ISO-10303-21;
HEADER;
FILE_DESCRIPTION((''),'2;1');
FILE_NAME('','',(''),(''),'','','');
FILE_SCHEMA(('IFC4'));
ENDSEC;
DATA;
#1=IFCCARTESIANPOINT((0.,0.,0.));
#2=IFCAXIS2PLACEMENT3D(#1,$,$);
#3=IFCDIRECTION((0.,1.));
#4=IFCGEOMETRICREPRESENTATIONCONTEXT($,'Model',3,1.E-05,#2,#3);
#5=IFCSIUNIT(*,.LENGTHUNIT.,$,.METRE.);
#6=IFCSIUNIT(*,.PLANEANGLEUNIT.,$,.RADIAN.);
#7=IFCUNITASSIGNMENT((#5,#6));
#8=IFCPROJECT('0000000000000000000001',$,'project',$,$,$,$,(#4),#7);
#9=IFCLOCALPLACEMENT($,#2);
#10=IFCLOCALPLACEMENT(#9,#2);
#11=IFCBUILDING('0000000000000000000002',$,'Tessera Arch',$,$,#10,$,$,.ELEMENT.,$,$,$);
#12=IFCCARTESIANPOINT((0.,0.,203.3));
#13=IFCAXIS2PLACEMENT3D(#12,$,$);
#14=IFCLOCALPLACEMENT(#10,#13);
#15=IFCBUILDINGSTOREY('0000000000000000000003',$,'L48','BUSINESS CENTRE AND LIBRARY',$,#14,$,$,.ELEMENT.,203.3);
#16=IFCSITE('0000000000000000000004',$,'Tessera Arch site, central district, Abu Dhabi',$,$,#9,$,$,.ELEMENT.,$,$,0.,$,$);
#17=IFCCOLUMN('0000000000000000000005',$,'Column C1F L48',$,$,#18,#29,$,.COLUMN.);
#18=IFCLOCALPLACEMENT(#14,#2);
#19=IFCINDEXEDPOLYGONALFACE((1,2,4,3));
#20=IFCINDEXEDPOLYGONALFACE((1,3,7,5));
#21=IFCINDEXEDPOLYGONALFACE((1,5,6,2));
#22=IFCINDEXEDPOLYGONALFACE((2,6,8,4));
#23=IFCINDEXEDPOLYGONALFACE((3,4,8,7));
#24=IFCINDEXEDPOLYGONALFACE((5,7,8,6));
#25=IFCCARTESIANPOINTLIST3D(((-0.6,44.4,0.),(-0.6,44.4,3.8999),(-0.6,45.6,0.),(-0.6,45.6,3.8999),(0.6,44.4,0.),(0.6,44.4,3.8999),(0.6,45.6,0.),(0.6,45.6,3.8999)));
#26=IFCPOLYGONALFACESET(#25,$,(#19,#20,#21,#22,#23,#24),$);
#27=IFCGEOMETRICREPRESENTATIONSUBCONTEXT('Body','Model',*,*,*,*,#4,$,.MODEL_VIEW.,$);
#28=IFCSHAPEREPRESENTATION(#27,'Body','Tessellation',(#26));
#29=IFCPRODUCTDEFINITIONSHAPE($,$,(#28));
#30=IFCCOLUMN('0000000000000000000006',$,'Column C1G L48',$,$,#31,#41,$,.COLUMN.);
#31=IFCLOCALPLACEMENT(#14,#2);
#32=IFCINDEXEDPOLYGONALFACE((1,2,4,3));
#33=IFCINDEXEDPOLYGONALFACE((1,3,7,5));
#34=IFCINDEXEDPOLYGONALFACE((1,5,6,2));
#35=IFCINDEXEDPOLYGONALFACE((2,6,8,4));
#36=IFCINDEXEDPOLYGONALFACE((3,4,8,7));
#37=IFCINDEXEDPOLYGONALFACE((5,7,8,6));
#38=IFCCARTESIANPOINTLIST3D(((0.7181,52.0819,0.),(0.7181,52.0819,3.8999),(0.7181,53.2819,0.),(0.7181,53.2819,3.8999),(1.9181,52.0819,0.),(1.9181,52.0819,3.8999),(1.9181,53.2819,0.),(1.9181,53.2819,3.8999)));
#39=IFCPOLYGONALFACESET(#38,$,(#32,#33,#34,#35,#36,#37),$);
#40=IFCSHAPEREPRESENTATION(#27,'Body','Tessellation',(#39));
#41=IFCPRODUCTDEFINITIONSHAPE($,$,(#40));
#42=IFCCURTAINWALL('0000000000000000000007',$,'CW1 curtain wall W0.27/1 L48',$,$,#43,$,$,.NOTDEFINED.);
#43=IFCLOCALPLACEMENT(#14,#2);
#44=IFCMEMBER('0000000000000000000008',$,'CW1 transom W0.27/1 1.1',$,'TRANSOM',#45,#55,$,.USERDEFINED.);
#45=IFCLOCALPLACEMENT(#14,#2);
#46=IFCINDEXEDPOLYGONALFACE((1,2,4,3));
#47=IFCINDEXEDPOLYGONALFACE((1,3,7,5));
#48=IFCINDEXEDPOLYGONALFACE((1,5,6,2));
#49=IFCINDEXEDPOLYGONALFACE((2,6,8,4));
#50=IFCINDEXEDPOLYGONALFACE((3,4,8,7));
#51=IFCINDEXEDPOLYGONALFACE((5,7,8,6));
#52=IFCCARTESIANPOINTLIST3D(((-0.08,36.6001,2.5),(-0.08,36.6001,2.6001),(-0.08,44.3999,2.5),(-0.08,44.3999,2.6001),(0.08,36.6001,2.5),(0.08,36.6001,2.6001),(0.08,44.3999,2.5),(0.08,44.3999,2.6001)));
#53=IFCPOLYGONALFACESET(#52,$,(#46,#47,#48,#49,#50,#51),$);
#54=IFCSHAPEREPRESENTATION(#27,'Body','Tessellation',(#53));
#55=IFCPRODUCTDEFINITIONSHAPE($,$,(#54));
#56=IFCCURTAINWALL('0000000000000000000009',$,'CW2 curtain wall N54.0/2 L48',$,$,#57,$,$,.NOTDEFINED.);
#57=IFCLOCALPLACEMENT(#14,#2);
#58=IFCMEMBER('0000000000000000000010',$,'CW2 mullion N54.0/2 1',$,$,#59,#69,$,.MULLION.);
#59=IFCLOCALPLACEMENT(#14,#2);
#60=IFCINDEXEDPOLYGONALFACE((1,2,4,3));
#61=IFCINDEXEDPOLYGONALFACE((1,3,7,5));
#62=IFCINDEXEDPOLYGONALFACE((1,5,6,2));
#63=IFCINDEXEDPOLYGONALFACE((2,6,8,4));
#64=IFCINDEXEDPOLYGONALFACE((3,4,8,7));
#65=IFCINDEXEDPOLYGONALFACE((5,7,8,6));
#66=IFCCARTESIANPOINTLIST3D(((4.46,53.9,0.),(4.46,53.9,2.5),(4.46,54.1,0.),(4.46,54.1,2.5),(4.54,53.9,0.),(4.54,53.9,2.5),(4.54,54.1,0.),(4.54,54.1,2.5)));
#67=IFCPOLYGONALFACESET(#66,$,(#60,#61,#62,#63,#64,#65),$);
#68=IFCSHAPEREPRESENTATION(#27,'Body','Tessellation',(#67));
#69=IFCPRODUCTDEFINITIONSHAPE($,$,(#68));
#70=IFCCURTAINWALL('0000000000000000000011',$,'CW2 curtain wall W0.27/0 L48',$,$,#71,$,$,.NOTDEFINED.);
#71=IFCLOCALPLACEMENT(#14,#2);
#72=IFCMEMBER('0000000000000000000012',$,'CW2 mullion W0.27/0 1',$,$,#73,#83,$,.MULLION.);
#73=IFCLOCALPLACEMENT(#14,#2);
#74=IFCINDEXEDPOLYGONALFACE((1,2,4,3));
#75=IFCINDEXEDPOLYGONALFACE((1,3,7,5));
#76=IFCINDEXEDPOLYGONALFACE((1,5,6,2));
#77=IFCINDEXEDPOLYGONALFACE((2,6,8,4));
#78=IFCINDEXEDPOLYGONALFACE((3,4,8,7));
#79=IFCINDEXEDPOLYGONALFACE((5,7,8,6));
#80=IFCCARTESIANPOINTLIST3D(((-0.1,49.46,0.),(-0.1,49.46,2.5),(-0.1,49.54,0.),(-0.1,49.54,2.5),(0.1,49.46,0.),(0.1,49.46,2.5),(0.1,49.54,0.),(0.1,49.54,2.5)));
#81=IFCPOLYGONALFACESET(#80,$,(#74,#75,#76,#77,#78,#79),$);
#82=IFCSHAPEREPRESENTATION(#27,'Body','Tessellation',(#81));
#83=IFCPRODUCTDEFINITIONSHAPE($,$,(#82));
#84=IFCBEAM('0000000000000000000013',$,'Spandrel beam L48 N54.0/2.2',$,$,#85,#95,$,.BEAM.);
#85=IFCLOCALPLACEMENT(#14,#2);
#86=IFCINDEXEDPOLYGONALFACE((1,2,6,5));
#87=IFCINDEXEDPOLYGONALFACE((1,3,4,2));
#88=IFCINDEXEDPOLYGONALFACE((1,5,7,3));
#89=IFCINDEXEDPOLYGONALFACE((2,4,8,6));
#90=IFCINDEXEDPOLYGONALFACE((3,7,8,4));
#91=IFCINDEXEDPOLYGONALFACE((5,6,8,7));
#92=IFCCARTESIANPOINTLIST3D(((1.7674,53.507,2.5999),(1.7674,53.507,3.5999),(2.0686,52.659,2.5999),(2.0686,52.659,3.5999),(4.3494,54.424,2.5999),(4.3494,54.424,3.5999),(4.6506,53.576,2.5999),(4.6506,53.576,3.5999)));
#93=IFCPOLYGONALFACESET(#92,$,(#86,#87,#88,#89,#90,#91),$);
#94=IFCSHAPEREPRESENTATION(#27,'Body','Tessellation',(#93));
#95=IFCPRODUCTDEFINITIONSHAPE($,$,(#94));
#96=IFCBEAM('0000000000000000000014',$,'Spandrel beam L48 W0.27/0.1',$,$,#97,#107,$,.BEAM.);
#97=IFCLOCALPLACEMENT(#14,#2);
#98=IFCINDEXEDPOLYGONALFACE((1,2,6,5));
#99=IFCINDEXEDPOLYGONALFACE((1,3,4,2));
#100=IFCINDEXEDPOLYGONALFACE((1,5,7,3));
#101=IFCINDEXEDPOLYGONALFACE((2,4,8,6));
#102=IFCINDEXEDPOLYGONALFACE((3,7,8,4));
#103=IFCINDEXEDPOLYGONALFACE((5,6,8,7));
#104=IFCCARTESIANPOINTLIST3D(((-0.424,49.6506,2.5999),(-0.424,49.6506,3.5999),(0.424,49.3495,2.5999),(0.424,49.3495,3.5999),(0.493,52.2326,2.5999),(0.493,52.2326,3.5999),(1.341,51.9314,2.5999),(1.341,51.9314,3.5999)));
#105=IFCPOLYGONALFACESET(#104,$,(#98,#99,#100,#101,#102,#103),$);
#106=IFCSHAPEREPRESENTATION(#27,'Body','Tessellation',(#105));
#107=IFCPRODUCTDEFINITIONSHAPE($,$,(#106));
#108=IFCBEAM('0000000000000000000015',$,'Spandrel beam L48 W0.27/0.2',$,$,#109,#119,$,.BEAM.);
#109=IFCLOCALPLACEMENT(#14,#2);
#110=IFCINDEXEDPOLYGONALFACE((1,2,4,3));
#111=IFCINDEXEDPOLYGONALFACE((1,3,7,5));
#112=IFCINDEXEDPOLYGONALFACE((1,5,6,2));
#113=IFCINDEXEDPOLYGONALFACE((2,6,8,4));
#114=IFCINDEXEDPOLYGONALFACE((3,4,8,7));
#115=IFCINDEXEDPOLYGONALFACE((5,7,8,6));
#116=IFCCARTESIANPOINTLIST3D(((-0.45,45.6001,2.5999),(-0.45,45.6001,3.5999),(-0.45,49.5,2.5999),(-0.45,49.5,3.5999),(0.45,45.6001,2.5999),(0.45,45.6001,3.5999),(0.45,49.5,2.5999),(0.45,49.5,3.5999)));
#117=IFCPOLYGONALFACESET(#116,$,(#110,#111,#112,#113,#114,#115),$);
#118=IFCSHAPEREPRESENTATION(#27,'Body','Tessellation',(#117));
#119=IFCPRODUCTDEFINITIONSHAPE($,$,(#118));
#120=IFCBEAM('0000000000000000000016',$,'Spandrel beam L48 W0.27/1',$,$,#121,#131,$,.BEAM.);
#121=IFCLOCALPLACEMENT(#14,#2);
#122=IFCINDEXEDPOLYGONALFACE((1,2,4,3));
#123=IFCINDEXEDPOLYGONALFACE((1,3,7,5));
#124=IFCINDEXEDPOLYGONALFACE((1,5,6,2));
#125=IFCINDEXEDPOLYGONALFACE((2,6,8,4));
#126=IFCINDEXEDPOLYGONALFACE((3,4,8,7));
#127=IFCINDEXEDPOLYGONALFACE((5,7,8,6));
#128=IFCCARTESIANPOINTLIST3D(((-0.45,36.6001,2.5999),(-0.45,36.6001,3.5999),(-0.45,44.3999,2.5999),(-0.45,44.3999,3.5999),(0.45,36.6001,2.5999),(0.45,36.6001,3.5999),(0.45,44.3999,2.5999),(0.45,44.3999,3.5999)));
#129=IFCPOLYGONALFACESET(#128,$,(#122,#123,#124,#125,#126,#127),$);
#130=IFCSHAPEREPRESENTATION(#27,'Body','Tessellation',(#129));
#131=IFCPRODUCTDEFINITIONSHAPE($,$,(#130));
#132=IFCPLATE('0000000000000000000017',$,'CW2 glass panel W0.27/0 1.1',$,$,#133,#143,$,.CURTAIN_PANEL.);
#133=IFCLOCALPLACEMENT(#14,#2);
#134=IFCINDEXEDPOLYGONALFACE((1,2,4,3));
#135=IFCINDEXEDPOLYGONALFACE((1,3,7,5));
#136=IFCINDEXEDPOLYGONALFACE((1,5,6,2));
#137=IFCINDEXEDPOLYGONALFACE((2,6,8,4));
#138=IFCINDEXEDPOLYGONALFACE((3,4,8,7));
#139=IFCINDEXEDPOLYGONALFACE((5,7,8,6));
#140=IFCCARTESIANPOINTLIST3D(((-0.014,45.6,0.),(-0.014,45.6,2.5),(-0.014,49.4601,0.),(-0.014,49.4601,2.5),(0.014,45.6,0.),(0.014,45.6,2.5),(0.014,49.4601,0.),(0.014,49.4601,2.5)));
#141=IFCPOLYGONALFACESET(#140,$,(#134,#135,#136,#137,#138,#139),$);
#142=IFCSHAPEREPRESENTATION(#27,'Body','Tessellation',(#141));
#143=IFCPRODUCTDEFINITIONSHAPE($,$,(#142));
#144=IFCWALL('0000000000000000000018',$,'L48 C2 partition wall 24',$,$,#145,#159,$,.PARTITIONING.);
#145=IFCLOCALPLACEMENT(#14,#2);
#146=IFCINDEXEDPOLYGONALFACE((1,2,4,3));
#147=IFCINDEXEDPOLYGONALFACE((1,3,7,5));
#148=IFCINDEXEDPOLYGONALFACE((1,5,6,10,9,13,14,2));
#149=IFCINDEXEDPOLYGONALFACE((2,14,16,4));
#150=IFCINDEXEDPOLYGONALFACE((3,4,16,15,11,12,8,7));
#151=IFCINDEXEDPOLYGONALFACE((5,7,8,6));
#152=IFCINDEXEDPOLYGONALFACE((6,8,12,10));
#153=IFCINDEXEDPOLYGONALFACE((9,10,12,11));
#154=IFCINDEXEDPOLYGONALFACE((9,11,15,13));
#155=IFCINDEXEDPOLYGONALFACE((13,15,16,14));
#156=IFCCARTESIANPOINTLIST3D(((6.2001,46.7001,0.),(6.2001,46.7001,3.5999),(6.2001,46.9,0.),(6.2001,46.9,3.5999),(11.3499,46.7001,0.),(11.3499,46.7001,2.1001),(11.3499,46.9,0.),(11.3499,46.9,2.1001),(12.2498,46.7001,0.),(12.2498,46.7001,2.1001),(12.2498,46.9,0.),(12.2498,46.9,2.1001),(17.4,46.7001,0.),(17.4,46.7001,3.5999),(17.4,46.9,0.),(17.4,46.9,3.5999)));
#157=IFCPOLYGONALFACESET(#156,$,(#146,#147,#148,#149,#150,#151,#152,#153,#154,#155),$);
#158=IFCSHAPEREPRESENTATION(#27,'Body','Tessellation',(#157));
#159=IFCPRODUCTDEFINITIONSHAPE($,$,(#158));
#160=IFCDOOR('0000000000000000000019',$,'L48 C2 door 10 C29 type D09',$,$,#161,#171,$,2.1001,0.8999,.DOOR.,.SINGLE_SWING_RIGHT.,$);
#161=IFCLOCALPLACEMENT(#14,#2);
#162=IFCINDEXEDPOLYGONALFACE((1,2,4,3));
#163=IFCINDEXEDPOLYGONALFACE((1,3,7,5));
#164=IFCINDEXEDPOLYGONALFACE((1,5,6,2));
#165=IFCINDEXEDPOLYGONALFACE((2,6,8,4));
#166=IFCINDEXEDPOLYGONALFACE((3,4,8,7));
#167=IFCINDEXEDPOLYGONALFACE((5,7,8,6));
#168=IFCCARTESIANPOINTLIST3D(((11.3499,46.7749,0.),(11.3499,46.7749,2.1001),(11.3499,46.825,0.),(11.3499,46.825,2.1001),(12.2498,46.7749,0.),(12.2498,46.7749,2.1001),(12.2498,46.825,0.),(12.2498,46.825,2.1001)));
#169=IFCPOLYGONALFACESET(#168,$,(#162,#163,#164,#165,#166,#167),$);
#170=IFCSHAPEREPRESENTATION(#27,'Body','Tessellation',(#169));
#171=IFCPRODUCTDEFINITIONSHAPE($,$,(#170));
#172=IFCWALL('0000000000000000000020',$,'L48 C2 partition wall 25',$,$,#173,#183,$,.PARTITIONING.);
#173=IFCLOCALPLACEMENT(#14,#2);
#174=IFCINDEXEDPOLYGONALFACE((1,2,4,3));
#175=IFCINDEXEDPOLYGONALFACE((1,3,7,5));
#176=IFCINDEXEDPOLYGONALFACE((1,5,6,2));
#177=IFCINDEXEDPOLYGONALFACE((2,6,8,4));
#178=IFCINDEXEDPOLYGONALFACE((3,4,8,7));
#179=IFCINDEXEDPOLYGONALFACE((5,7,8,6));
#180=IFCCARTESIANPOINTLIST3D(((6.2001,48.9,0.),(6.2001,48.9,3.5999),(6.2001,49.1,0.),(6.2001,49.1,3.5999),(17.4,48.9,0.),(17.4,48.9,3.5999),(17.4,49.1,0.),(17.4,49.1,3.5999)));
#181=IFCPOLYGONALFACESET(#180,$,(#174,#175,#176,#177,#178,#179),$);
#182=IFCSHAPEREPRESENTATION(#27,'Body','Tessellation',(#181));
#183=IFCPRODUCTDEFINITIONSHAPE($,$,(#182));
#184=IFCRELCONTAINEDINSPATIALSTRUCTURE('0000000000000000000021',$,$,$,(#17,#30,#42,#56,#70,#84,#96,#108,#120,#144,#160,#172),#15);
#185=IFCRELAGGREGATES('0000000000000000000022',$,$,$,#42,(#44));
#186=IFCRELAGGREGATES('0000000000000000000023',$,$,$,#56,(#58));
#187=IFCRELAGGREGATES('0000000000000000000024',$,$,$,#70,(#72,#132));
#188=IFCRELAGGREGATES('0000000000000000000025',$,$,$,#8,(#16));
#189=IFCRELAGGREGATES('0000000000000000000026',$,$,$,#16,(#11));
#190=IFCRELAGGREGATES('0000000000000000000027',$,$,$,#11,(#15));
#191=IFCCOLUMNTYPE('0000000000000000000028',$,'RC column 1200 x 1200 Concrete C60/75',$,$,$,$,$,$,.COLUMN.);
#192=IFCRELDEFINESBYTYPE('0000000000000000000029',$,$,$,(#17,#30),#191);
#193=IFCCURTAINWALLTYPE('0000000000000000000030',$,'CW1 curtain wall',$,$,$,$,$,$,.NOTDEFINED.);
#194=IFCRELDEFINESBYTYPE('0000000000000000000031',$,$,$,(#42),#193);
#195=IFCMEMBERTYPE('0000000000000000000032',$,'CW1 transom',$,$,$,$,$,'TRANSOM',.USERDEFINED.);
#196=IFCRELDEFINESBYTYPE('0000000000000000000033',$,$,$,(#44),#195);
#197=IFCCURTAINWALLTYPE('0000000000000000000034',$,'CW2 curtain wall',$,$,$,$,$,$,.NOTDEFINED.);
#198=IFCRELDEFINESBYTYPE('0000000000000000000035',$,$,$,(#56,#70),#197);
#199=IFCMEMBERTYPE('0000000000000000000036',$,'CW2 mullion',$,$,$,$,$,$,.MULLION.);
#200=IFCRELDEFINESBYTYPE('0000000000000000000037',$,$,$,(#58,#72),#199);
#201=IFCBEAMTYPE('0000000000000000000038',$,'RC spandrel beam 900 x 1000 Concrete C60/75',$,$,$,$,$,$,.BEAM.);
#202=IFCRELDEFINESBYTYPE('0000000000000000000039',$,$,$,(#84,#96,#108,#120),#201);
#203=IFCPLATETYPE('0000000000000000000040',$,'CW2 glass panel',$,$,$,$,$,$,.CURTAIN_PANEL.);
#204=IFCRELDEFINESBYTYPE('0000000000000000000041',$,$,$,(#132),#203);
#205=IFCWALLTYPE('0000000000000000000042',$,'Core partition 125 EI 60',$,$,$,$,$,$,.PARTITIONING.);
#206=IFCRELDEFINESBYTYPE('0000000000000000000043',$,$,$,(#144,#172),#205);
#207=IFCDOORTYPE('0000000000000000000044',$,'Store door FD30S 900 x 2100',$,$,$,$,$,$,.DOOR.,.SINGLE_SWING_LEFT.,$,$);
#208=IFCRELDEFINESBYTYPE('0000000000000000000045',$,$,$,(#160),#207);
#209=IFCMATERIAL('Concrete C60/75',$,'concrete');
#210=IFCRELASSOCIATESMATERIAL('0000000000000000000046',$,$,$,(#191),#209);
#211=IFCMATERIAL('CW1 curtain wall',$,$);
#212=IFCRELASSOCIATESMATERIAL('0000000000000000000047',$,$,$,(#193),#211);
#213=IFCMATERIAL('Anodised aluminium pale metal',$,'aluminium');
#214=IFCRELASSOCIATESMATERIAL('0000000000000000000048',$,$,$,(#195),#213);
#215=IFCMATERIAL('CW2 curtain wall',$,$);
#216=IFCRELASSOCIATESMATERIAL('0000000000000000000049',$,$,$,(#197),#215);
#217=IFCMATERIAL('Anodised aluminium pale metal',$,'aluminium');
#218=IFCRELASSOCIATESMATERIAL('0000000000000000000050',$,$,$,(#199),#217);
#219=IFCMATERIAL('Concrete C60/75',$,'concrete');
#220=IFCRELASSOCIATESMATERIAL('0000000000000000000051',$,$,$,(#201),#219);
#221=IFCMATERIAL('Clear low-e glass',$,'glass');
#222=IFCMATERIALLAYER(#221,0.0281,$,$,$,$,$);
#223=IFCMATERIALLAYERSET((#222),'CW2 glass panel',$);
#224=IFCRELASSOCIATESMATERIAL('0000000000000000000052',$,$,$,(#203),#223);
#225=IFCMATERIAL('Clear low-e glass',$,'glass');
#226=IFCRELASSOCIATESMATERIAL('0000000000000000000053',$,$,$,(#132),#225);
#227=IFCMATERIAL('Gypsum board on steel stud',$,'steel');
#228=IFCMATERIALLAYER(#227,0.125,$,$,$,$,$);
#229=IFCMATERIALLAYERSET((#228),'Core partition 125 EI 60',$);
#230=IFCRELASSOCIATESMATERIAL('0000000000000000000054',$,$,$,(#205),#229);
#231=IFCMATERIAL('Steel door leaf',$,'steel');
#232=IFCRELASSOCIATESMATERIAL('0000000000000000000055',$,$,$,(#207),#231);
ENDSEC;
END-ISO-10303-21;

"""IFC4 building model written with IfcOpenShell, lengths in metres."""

from ifc_helpers import new_model, si_unit, direction, frame, frame_2d, origin, origin_2d, place, context, subcontext, project, spatial, rectangle, extrude, material, layer, layer_set, material_profile, profile_set, type_object, element, fill, aggregate, save


model = new_model("IFC4")

# Units and contexts
model_context = context("Model", 3, precision=1e-05, world=origin(), true_north=direction((0.0, 1.0)))
body_context = subcontext(model_context, "Body", "Model", "MODEL_VIEW")
ifc_project = project(units=[si_unit("LENGTHUNIT", "METRE"), si_unit("PLANEANGLEUNIT", "RADIAN")], contexts=[model_context])

# Site, building, storey
site_placement = place(None, origin())
site = spatial("IfcSite", under=ifc_project, at=site_placement, Name="Tessera Arch site, central district, Abu Dhabi", CompositionType="ELEMENT", RefElevation=0.0)
building_placement = place(site_placement, origin())
building = spatial("IfcBuilding", under=site, at=building_placement, Name="Tessera Arch", CompositionType="ELEMENT")
storey_placement = place(building_placement, frame((0.0, 0.0, 203.3)))
storey = spatial("IfcBuildingStorey", under=building, at=storey_placement, Name="L48", Description="BUSINESS CENTRE AND LIBRARY", CompositionType="ELEMENT", Elevation=203.3)

# Columns
ifc_material_1 = material(Name="Concrete C60/75", Category="concrete")
ifc_material_profile_1 = material_profile(ifc_material_1, rectangle(XDim=1.2, YDim=1.2, at=origin_2d()), Name="RC column 1200 x 1200 Concrete C60/75")
ifc_profile_set_1 = profile_set([ifc_material_profile_1], Name="Concrete C60/75")
column_type = type_object("IfcColumnType", Name="RC column 1200 x 1200 Concrete C60/75", PredefinedType="COLUMN", material=ifc_profile_set_1)
for number, where, z_axis, x_axis, name in (
    (1, (0.0, 45.0, 0.0), (0.0, 0.0, 1.0), (1.0, 0.0, 0.0), "Column C1F L48"),
    (2, (1.3181, 52.6819, 0.0), (0.0, 0.0, 1.0), (1.0, 0.0, 0.0), "Column C1G L48"),
):
    element("IfcColumn", number, at=place(storey_placement, frame(where, z_axis=z_axis, x_axis=x_axis)), inside=storey, type_object=column_type, Name=name, PredefinedType="COLUMN", context=body_context, shape_type="SweptSolid", body=[
        extrude(rectangle(XDim=1.2, YDim=1.2, at=origin_2d()), origin(), (0.0, 0.0, 1.0), 3.8999),
    ])

# Curtain walls, members
ifc_material_2 = material(Name="CW1 curtain wall")
curtain_wall_type_1 = type_object("IfcCurtainWallType", Name="CW1 curtain wall", PredefinedType="NOTDEFINED", material=ifc_material_2)
curtain_wall_1_placement = place(storey_placement, origin())
curtain_wall_1 = element("IfcCurtainWall", 3, at=curtain_wall_1_placement, inside=storey, type_object=curtain_wall_type_1, Name="CW1 curtain wall W0.27/1 L48", PredefinedType="NOTDEFINED")
ifc_material_3 = material(Name="Anodised aluminium pale metal", Category="aluminium")
ifc_material_profile_2 = material_profile(ifc_material_3, rectangle(XDim=0.1599, YDim=0.1001, at=origin_2d()), Name="AL 160x100")
ifc_profile_set_2 = profile_set([ifc_material_profile_2], Name="Anodised aluminium pale metal")
member_type_1 = type_object("IfcMemberType", Name="CW1 transom", ElementType="TRANSOM", PredefinedType="USERDEFINED", material=ifc_profile_set_2)
member_1_placement = place(storey_placement, frame((0.0, 44.3999, 2.55), z_axis=(0.0, -1.0, 0.0), x_axis=(1.0, 0.0, 0.0)))
member_1 = element("IfcMember", 4, at=member_1_placement, type_object=member_type_1, Name="CW1 transom W0.27/1 1.1", ObjectType="TRANSOM", PredefinedType="USERDEFINED", context=body_context, shape_type="SweptSolid", body=[
    extrude(rectangle(XDim=0.1599, YDim=0.1001, at=origin_2d()), origin(), (0.0, 0.0, 1.0), 7.7998),
])
aggregate(curtain_wall_1, [member_1])
ifc_material_4 = material(Name="CW2 curtain wall")
curtain_wall_type_2 = type_object("IfcCurtainWallType", Name="CW2 curtain wall", PredefinedType="NOTDEFINED", material=ifc_material_4)
curtain_wall_2_placement = place(storey_placement, origin())
curtain_wall_2 = element("IfcCurtainWall", 5, at=curtain_wall_2_placement, inside=storey, type_object=curtain_wall_type_2, Name="CW2 curtain wall N54.0/2 L48", PredefinedType="NOTDEFINED")
ifc_material_5 = material(Name="Anodised aluminium pale metal", Category="aluminium")
ifc_material_profile_3 = material_profile(ifc_material_5, rectangle(XDim=0.2, YDim=0.0801, at=origin_2d()), Name="AL 80x200")
ifc_profile_set_3 = profile_set([ifc_material_profile_3], Name="Anodised aluminium pale metal")
member_type_2 = type_object("IfcMemberType", Name="CW2 mullion", PredefinedType="MULLION", material=ifc_profile_set_3)
member_2_placement = place(storey_placement, frame((4.5, 54.0, 0.0), z_axis=(0.0, 0.0, 1.0), x_axis=(0.0, -1.0, 0.0)))
member_2 = element("IfcMember", 6, at=member_2_placement, type_object=member_type_2, Name="CW2 mullion N54.0/2 1", PredefinedType="MULLION", context=body_context, shape_type="SweptSolid", body=[
    extrude(rectangle(XDim=0.2, YDim=0.0801, at=origin_2d()), origin(), (0.0, 0.0, 1.0), 2.5),
])
aggregate(curtain_wall_2, [member_2])
curtain_wall_3_placement = place(storey_placement, origin())
curtain_wall_3 = element("IfcCurtainWall", 7, at=curtain_wall_3_placement, inside=storey, type_object=curtain_wall_type_2, Name="CW2 curtain wall W0.27/0 L48", PredefinedType="NOTDEFINED")
member_3_placement = place(storey_placement, frame((0.0, 49.5, 0.0), z_axis=(0.0, 0.0, 1.0), x_axis=(1.0, 0.0, 0.0)))
member_3 = element("IfcMember", 8, at=member_3_placement, type_object=member_type_2, Name="CW2 mullion W0.27/0 1", PredefinedType="MULLION", context=body_context, shape_type="SweptSolid", body=[
    extrude(rectangle(XDim=0.2, YDim=0.0801, at=origin_2d()), origin(), (0.0, 0.0, 1.0), 2.5),
])

# Beams
ifc_material_6 = material(Name="Concrete C60/75", Category="concrete")
ifc_material_profile_4 = material_profile(ifc_material_6, rectangle(XDim=0.8999, YDim=1.0, at=origin_2d()), Name="RC spandrel beam 900 x 1000 Concrete C60/75")
ifc_profile_set_4 = profile_set([ifc_material_profile_4], Name="Concrete C60/75")
beam_type = type_object("IfcBeamType", Name="RC spandrel beam 900 x 1000 Concrete C60/75", PredefinedType="BEAM", material=ifc_profile_set_4)
for number, where, z_axis, x_axis, name in (
    (9, (4.5, 54.0, 3.0999), (-0.942337, -0.334665, 0.0), (0.334665, -0.942337, 0.0), "Spandrel beam L48 N54.0/2.2"),
    (10, (0.917, 52.082, 3.0999), (-0.334665, -0.942337, 0.0), (0.942337, -0.334665, 0.0), "Spandrel beam L48 W0.27/0.1"),
):
    element("IfcBeam", number, at=place(storey_placement, frame(where, z_axis=z_axis, x_axis=x_axis)), inside=storey, type_object=beam_type, Name=name, PredefinedType="BEAM", context=body_context, shape_type="SweptSolid", body=[
        extrude(rectangle(XDim=0.8999, YDim=1.0, at=origin_2d()), origin(), (0.0, 0.0, 1.0), 2.74),
    ])
beam_1_placement = place(storey_placement, frame((0.0, 49.5, 3.0999), z_axis=(0.0, -1.0, 0.0), x_axis=(1.0, 0.0, 0.0)))
element("IfcBeam", 11, at=beam_1_placement, inside=storey, type_object=beam_type, Name="Spandrel beam L48 W0.27/0.2", PredefinedType="BEAM", context=body_context, shape_type="SweptSolid", body=[
    extrude(rectangle(XDim=0.8999, YDim=1.0, at=origin_2d()), origin(), (0.0, 0.0, 1.0), 3.8999),
])
beam_2_placement = place(storey_placement, frame((0.0, 44.3999, 3.0999), z_axis=(0.0, -1.0, 0.0), x_axis=(1.0, 0.0, 0.0)))
element("IfcBeam", 12, at=beam_2_placement, inside=storey, type_object=beam_type, Name="Spandrel beam L48 W0.27/1", PredefinedType="BEAM", context=body_context, shape_type="SweptSolid", body=[
    extrude(rectangle(XDim=0.8999, YDim=1.0, at=origin_2d()), origin(), (0.0, 0.0, 1.0), 7.7998),
])

# Plate
ifc_material_7 = material(Name="Clear low-e glass", Category="glass")
ifc_material_8 = material(Name="Clear low-e glass", Category="glass")
ifc_layer_1 = layer(ifc_material_8, 0.0281)
ifc_layer_set_1 = layer_set([ifc_layer_1], Name="CW2 glass panel")
plate_type = type_object("IfcPlateType", Name="CW2 glass panel", PredefinedType="CURTAIN_PANEL", material=ifc_layer_set_1)
plate_placement = place(storey_placement, frame((0.0, 47.53, 0.0), z_axis=(0.0, 0.0, 1.0), x_axis=(0.0, -1.0, 0.0)))
plate = element("IfcPlate", 13, at=plate_placement, type_object=plate_type, material=ifc_material_7, Name="CW2 glass panel W0.27/0 1.1", PredefinedType="CURTAIN_PANEL", context=body_context, shape_type="SweptSolid", body=[
    extrude(rectangle(XDim=3.8601, YDim=0.0281, at=origin_2d()), origin(), (0.0, 0.0, 1.0), 2.5),
])
aggregate(curtain_wall_3, [member_3, plate])

# Wall, opening, door
ifc_material_9 = material(Name="Gypsum board on steel stud", Category="steel")
ifc_layer_2 = layer(ifc_material_9, 0.125)
ifc_layer_set_2 = layer_set([ifc_layer_2], Name="Core partition 125 EI 60")
wall_type_1 = type_object("IfcWallType", Name="Core partition 125 EI 60", PredefinedType="PARTITIONING", material=ifc_layer_set_2)
wall_1_placement = place(storey_placement, frame((6.2, 46.8, 0.0), z_axis=(0.0, 0.0, 1.0), x_axis=(1.0, 0.0, 0.0)))
wall_1 = element("IfcWall", 14, at=wall_1_placement, inside=storey, type_object=wall_type_1, Name="L48 C2 partition wall 24", PredefinedType="PARTITIONING", context=body_context, shape_type="SweptSolid", body=[
    extrude(rectangle(XDim=11.2, YDim=0.2, at=frame_2d((5.6001, 0.0))), origin(), (0.0, 0.0, 1.0), 3.5999),
])
opening_1_placement = place(wall_1_placement, frame((5.1499, 0.0, 0.0)))
opening_1 = element("IfcOpeningElement", 15, at=opening_1_placement, cuts=wall_1, PredefinedType="OPENING", context=body_context, shape_type="SweptSolid", body=[
    extrude(rectangle(XDim=0.8999, YDim=2.1001, at=frame_2d((0.45, 1.05))), frame((0.0, 0.1099, 0.0), z_axis=(0.0, -1.0, 0.0), x_axis=(1.0, 0.0, 0.0)), (0.0, 0.0, 1.0), 0.22),
])
ifc_material_10 = material(Name="Steel door leaf", Category="steel")
door_type_1 = type_object("IfcDoorType", Name="Store door FD30S 900 x 2100", OperationType="SINGLE_SWING_LEFT", PredefinedType="DOOR", material=ifc_material_10)
door_1_placement = place(opening_1_placement, origin())
door_1 = element("IfcDoor", 16, at=door_1_placement, inside=storey, type_object=door_type_1, Name="L48 C2 door 10 C29 type D09", OperationType="SINGLE_SWING_RIGHT", OverallHeight=2.1001, OverallWidth=0.8999, PredefinedType="DOOR", context=body_context, shape_type="SweptSolid", body=[
    extrude(rectangle(XDim=0.8999, YDim=2.1001, at=frame_2d((0.45, 1.05))), frame((0.0, 0.0249, 0.0), z_axis=(0.0, -1.0, 0.0), x_axis=(1.0, 0.0, 0.0)), (0.0, 0.0, 1.0), 0.05),
])
fill(opening_1, door_1)

# Wall
wall_2_placement = place(storey_placement, frame((6.2, 49.0, 0.0), z_axis=(0.0, 0.0, 1.0), x_axis=(1.0, 0.0, 0.0)))
element("IfcWall", 17, at=wall_2_placement, inside=storey, type_object=wall_type_1, Name="L48 C2 partition wall 25", PredefinedType="PARTITIONING", context=body_context, shape_type="SweptSolid", body=[
    extrude(rectangle(XDim=11.2, YDim=0.2, at=frame_2d((5.6001, 0.0))), origin(), (0.0, 0.0, 1.0), 3.5999),
])

save(model, "model.ifc")
